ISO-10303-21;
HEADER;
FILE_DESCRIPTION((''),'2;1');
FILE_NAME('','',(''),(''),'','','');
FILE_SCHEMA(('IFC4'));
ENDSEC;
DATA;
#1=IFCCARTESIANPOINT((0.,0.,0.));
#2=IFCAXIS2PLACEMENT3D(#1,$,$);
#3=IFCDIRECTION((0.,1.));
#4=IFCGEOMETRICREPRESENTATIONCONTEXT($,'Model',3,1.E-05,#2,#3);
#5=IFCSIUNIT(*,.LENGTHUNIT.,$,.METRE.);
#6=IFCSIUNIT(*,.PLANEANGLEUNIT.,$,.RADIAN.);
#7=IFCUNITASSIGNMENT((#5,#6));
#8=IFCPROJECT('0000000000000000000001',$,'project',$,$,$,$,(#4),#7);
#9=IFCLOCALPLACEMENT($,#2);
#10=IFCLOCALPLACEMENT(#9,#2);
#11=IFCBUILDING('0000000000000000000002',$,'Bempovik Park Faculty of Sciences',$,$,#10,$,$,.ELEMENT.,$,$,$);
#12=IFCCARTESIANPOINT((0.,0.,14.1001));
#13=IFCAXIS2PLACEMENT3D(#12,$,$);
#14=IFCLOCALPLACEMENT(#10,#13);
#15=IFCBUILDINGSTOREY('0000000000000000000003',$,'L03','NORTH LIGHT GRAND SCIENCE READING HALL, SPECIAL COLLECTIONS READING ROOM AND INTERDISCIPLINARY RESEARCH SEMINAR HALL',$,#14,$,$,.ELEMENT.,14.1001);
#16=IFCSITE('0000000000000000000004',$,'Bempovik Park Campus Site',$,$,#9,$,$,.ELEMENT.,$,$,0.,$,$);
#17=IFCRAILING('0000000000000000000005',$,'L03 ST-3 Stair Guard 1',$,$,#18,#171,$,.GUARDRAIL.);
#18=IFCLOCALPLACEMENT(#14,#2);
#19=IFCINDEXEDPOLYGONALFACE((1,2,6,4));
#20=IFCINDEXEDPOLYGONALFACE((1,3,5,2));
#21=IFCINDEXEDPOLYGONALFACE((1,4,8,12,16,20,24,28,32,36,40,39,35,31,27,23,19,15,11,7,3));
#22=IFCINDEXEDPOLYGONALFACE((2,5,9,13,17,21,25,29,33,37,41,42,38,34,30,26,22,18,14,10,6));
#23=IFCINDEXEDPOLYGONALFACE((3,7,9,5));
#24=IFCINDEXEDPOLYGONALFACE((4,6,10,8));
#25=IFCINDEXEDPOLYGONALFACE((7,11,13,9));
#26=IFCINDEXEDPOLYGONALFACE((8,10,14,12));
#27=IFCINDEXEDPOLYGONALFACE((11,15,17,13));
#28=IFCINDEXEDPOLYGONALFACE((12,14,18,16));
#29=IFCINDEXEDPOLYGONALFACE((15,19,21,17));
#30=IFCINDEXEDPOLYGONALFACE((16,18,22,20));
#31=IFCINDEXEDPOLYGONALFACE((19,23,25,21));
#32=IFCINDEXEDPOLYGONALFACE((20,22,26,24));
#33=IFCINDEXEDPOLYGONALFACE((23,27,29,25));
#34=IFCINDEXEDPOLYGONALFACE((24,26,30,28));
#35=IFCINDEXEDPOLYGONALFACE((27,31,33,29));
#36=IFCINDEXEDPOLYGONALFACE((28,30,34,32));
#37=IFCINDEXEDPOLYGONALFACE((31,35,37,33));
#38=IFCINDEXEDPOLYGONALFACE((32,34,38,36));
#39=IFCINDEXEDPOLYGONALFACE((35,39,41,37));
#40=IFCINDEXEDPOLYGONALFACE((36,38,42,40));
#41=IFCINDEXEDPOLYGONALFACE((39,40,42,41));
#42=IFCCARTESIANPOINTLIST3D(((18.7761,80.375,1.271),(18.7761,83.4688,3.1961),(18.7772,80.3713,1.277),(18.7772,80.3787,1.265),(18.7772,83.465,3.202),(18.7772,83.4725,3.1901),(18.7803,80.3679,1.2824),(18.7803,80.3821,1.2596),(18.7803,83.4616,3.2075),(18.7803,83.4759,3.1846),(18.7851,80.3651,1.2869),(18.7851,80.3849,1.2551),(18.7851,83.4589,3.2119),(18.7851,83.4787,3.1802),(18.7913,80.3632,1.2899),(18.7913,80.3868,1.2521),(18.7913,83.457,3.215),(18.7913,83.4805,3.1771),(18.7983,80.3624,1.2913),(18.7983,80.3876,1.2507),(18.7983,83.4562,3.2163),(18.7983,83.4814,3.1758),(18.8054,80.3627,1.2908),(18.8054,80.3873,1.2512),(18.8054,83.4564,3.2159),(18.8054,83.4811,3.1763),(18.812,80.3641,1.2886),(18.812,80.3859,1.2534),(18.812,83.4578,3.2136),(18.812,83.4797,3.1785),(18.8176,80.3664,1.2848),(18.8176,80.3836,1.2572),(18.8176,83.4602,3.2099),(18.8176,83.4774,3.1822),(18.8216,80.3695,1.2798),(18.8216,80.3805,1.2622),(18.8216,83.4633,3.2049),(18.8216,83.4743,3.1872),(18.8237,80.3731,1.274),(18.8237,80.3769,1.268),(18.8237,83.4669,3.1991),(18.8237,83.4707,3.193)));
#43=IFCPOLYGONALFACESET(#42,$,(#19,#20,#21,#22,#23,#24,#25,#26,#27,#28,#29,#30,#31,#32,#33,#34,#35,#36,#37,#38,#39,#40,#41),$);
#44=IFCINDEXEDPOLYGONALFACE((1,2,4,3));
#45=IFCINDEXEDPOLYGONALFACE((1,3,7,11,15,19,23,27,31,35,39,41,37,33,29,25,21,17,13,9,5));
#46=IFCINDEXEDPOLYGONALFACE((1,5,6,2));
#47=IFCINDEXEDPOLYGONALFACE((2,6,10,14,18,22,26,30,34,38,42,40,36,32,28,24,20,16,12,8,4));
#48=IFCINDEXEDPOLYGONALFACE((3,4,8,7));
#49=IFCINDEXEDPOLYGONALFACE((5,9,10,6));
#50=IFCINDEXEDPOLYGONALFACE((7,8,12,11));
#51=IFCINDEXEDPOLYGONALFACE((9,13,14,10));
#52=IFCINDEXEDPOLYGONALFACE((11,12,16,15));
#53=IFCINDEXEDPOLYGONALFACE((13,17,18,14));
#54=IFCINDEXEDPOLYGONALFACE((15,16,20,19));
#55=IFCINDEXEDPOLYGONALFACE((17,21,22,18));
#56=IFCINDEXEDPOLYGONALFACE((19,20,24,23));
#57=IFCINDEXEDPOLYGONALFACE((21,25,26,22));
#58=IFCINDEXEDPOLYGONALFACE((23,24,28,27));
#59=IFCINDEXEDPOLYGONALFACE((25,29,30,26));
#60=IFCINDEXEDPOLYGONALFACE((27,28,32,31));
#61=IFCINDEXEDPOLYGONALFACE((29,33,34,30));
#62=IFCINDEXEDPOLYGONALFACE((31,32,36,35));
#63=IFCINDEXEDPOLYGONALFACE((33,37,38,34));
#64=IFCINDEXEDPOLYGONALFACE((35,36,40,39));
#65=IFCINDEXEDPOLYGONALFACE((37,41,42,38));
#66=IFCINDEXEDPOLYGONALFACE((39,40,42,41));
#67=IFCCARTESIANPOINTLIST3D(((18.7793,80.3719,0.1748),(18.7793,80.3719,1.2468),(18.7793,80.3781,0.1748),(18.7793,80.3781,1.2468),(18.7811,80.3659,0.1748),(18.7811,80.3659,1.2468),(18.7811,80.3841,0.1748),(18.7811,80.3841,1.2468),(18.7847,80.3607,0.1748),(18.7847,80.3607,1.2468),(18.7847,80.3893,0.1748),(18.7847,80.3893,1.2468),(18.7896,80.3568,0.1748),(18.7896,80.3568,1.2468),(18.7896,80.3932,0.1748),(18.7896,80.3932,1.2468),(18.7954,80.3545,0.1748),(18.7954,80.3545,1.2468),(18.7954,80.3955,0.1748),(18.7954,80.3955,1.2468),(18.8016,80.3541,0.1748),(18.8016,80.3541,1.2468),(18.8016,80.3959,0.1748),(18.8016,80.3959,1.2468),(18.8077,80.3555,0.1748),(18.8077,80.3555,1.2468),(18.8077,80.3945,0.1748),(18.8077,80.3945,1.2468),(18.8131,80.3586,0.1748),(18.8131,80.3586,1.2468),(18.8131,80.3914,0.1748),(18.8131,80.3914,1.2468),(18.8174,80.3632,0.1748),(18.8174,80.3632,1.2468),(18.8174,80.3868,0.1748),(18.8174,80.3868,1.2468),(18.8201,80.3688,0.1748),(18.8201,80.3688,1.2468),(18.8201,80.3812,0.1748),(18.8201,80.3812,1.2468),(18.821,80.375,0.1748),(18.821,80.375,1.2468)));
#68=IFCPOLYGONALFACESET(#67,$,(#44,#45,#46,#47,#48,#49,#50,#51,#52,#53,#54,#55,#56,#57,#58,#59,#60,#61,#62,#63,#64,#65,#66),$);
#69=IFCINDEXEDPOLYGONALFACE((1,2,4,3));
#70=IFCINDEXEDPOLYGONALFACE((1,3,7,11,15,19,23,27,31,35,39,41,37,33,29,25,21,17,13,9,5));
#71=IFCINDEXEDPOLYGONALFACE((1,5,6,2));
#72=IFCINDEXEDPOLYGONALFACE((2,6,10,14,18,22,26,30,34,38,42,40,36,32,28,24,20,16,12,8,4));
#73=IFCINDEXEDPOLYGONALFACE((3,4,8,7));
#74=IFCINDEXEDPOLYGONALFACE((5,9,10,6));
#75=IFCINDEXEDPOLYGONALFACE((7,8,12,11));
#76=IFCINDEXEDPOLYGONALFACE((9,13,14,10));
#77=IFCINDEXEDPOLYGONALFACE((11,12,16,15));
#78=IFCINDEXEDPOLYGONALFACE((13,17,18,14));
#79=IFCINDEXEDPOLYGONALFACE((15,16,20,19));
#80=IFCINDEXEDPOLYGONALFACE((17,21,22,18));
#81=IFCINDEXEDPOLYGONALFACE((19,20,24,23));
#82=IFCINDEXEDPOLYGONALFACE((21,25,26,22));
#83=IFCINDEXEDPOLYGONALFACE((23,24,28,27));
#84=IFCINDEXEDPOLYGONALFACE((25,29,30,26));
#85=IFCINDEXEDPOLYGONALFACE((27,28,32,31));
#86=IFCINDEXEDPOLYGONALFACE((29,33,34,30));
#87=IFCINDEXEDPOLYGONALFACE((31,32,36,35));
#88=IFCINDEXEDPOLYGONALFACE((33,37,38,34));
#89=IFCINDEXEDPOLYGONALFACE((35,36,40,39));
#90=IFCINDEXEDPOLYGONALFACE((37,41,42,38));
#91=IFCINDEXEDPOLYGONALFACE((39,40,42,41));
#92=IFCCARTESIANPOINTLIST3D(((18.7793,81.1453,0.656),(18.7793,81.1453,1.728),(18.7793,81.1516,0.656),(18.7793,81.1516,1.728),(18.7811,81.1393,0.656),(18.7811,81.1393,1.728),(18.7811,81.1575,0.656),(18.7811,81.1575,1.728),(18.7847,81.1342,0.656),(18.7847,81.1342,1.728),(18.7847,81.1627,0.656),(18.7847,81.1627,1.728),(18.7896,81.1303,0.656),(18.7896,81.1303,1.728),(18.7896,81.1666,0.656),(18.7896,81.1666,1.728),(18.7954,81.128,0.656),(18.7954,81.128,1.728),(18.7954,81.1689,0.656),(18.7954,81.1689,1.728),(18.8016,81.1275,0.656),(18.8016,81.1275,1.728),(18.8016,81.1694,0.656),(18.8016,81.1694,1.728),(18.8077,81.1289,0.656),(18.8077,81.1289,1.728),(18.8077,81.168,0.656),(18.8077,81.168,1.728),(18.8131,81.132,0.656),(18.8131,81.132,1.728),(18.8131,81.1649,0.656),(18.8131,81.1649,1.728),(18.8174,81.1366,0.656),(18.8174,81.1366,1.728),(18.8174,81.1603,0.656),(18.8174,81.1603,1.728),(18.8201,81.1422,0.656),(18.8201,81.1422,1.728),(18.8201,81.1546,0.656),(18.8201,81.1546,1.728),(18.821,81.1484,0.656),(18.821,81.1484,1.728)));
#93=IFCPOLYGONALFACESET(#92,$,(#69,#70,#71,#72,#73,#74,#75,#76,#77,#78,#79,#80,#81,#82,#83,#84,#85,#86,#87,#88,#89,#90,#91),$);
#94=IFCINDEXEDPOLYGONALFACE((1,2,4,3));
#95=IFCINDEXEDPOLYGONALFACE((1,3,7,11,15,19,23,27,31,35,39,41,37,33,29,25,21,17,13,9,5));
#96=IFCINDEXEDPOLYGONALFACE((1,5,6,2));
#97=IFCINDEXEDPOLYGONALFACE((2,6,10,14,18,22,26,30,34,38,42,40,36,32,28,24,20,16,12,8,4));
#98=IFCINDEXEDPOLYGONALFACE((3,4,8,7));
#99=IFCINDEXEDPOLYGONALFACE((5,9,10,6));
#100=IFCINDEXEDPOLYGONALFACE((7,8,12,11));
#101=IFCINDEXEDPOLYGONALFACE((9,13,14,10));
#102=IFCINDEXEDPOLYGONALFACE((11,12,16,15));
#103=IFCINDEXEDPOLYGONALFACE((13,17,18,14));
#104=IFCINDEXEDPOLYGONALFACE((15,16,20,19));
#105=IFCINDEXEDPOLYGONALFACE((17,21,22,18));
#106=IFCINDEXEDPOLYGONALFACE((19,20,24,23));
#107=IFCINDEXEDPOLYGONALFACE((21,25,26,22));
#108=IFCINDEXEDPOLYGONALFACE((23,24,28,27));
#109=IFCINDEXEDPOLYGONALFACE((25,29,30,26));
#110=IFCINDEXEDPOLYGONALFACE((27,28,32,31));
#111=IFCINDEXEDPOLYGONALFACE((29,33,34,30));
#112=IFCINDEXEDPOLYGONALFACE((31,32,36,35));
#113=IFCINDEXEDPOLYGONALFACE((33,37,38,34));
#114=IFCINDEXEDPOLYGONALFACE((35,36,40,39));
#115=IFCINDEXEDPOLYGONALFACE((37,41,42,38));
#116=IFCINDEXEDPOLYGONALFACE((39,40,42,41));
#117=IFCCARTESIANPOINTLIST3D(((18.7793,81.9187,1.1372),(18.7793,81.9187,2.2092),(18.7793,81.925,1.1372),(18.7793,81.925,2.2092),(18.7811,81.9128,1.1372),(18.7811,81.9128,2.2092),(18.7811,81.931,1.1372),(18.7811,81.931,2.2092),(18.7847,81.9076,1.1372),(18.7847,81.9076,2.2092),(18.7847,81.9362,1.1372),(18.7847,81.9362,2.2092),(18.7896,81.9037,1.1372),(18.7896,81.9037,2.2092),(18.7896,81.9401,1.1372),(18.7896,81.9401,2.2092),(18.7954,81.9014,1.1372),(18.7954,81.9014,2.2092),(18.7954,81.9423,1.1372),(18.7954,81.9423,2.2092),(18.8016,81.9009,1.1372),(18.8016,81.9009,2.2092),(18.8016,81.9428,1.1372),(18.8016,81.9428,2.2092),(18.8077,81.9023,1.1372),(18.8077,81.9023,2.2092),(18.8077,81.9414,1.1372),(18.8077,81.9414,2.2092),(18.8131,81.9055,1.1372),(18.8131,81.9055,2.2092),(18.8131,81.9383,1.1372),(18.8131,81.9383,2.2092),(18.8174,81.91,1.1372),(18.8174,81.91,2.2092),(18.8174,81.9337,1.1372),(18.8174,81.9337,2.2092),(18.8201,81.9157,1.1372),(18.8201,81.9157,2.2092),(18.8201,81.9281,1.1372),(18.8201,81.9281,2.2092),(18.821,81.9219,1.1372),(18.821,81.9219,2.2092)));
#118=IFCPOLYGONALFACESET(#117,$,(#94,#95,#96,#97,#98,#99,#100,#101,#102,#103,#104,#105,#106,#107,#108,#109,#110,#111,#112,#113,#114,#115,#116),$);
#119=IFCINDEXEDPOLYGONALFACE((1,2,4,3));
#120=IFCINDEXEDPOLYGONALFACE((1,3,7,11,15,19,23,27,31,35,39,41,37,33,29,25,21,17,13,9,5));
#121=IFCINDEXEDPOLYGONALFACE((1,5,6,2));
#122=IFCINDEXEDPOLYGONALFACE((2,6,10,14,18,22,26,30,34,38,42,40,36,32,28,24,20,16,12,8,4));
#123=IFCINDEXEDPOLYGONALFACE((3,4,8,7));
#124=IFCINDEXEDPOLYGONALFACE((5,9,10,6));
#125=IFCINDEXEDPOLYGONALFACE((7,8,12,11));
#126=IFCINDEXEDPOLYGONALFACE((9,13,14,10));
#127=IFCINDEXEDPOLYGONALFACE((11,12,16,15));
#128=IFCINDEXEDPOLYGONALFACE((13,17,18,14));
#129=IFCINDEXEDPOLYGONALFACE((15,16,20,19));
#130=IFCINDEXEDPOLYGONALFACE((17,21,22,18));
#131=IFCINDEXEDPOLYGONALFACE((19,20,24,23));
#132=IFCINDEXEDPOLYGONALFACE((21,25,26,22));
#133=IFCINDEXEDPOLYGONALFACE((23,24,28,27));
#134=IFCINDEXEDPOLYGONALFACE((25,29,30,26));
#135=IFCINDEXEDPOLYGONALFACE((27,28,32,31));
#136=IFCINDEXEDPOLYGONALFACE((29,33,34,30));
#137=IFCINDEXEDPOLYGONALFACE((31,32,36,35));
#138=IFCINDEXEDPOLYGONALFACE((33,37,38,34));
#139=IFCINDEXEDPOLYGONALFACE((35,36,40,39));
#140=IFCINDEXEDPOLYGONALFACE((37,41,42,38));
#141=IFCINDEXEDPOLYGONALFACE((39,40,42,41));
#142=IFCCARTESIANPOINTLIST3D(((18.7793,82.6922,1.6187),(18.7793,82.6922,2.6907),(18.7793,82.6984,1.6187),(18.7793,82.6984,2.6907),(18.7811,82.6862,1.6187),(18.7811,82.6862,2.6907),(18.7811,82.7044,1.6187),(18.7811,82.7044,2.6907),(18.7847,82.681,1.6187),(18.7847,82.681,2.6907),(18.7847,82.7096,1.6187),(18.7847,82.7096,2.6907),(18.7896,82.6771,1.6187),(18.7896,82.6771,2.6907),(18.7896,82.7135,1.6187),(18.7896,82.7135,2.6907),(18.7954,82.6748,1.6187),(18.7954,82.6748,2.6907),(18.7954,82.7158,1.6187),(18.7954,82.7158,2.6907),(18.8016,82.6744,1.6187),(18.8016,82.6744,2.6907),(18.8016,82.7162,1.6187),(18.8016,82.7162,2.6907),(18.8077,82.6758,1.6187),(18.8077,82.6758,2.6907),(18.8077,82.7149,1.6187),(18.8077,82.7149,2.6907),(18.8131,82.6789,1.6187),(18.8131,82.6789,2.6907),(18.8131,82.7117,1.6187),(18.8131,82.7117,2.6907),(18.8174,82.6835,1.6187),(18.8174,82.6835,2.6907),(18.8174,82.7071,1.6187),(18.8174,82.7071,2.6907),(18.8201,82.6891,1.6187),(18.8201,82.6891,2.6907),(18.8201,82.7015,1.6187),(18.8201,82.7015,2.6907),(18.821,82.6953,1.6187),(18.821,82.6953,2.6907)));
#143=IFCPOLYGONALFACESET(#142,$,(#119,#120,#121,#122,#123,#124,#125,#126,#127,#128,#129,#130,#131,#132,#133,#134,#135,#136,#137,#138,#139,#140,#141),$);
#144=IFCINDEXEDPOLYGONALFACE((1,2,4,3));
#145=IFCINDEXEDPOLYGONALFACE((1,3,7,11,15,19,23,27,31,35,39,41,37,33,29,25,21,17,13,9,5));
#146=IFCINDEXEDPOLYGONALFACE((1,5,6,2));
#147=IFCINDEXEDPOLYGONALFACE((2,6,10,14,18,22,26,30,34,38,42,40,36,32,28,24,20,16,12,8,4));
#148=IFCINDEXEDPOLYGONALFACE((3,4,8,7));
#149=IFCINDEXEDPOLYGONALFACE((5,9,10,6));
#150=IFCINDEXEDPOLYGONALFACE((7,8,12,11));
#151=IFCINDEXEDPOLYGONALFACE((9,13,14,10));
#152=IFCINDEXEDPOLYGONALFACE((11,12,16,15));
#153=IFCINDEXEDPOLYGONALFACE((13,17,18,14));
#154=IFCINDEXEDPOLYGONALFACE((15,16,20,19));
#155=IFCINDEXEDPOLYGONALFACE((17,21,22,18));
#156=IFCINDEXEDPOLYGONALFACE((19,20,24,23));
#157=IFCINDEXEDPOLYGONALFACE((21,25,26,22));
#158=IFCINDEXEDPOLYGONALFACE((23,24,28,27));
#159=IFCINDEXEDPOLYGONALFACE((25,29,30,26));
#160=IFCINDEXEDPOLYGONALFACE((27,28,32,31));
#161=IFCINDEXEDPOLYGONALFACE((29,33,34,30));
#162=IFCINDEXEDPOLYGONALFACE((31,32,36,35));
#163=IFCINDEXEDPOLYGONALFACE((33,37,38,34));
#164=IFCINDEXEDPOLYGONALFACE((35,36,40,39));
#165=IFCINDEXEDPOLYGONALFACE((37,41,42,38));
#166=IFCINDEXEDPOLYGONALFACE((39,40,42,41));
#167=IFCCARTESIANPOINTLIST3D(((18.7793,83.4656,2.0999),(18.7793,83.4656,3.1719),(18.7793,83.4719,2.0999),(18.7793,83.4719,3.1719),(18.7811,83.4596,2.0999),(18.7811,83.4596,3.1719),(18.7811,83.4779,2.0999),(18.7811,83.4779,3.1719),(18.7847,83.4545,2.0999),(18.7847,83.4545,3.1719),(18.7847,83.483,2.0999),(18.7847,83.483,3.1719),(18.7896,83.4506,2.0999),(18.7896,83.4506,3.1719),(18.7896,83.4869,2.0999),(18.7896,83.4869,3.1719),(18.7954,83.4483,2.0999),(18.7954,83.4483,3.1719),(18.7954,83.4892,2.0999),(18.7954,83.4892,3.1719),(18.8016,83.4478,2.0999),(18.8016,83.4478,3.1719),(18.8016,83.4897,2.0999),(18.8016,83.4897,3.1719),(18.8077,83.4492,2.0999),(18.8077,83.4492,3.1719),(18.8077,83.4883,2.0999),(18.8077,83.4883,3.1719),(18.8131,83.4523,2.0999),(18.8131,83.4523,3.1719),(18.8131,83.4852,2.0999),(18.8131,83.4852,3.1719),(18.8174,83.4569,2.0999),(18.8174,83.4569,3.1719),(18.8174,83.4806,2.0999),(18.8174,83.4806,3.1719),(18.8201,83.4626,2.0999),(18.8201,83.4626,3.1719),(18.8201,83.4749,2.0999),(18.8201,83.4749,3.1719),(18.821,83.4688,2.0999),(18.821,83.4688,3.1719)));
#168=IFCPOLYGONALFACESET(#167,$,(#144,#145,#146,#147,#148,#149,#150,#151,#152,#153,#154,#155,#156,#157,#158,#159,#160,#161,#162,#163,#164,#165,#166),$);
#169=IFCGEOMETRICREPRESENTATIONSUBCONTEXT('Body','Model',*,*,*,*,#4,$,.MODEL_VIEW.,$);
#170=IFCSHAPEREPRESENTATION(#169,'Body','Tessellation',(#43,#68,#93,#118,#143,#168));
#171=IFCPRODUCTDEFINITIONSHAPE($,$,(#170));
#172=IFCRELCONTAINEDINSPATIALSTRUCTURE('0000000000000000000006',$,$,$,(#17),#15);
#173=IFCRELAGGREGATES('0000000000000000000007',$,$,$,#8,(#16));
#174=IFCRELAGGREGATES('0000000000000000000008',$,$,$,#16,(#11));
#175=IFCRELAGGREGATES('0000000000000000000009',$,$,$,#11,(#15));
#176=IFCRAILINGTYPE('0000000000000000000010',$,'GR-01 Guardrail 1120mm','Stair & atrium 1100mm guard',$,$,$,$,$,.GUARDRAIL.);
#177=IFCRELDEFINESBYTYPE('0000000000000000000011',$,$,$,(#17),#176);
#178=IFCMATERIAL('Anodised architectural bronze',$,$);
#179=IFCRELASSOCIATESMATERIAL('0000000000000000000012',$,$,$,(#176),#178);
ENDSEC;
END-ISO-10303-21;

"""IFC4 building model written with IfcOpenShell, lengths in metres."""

from ifc_helpers import new_model, si_unit, direction, frame, origin, origin_2d, place, context, subcontext, project, spatial, circle, extrude, material, type_object, element, save


model = new_model("IFC4")

# Units and contexts
model_context = context("Model", 3, precision=1e-05, world=origin(), true_north=direction((0.0, 1.0)))
body_context = subcontext(model_context, "Body", "Model", "MODEL_VIEW")
ifc_project = project(units=[si_unit("LENGTHUNIT", "METRE"), si_unit("PLANEANGLEUNIT", "RADIAN")], contexts=[model_context])

# Site, building, storey
site_placement = place(None, origin())
site = spatial("IfcSite", under=ifc_project, at=site_placement, Name="Bempovik Park Campus Site", CompositionType="ELEMENT", RefElevation=0.0)
building_placement = place(site_placement, origin())
building = spatial("IfcBuilding", under=site, at=building_placement, Name="Bempovik Park Faculty of Sciences", CompositionType="ELEMENT")
storey_placement = place(building_placement, frame((0.0, 0.0, 14.1001)))
storey = spatial("IfcBuildingStorey", under=building, at=storey_placement, Name="L03", Description="NORTH LIGHT GRAND SCIENCE READING HALL, SPECIAL COLLECTIONS READING ROOM AND INTERDISCIPLINARY RESEARCH SEMINAR HALL", CompositionType="ELEMENT", Elevation=14.1001)

# Railing
ifc_material_1 = material(Name="Anodised architectural bronze")
railing_type_1 = type_object("IfcRailingType", Name="GR-01 Guardrail 1120mm", Description="Stair & atrium 1100mm guard", PredefinedType="GUARDRAIL", material=ifc_material_1)
railing_1_placement = place(storey_placement, frame((18.8, 80.375, 0.1748)))
element("IfcRailing", 1, at=railing_1_placement, inside=storey, type_object=railing_type_1, Name="L03 ST-3 Stair Guard 1", PredefinedType="GUARDRAIL", context=body_context, shape_type="SweptSolid", body=[
    extrude(circle(Radius=0.0239, at=origin_2d()), frame((0.0, 0.0, 1.0962), z_axis=(0.0, 0.849051, 0.528312), x_axis=(-1.0, 0.0, 0.0)), (0.0, 0.0, 1.0), 3.6438),
    extrude(circle(Radius=0.021, at=origin_2d()), origin(), (0.0, 0.0, 1.0), 1.072),
    extrude(circle(Radius=0.021, at=origin_2d()), frame((0.0, 0.7734, 0.4812)), (0.0, 0.0, 1.0), 1.072),
    extrude(circle(Radius=0.021, at=origin_2d()), frame((0.0, 1.5469, 0.9624)), (0.0, 0.0, 1.0), 1.072),
    extrude(circle(Radius=0.021, at=origin_2d()), frame((0.0, 2.3203, 1.4438)), (0.0, 0.0, 1.0), 1.072),
    extrude(circle(Radius=0.021, at=origin_2d()), frame((0.0, 3.0938, 1.925)), (0.0, 0.0, 1.0), 1.072),
])

save(model, "model.ifc")
